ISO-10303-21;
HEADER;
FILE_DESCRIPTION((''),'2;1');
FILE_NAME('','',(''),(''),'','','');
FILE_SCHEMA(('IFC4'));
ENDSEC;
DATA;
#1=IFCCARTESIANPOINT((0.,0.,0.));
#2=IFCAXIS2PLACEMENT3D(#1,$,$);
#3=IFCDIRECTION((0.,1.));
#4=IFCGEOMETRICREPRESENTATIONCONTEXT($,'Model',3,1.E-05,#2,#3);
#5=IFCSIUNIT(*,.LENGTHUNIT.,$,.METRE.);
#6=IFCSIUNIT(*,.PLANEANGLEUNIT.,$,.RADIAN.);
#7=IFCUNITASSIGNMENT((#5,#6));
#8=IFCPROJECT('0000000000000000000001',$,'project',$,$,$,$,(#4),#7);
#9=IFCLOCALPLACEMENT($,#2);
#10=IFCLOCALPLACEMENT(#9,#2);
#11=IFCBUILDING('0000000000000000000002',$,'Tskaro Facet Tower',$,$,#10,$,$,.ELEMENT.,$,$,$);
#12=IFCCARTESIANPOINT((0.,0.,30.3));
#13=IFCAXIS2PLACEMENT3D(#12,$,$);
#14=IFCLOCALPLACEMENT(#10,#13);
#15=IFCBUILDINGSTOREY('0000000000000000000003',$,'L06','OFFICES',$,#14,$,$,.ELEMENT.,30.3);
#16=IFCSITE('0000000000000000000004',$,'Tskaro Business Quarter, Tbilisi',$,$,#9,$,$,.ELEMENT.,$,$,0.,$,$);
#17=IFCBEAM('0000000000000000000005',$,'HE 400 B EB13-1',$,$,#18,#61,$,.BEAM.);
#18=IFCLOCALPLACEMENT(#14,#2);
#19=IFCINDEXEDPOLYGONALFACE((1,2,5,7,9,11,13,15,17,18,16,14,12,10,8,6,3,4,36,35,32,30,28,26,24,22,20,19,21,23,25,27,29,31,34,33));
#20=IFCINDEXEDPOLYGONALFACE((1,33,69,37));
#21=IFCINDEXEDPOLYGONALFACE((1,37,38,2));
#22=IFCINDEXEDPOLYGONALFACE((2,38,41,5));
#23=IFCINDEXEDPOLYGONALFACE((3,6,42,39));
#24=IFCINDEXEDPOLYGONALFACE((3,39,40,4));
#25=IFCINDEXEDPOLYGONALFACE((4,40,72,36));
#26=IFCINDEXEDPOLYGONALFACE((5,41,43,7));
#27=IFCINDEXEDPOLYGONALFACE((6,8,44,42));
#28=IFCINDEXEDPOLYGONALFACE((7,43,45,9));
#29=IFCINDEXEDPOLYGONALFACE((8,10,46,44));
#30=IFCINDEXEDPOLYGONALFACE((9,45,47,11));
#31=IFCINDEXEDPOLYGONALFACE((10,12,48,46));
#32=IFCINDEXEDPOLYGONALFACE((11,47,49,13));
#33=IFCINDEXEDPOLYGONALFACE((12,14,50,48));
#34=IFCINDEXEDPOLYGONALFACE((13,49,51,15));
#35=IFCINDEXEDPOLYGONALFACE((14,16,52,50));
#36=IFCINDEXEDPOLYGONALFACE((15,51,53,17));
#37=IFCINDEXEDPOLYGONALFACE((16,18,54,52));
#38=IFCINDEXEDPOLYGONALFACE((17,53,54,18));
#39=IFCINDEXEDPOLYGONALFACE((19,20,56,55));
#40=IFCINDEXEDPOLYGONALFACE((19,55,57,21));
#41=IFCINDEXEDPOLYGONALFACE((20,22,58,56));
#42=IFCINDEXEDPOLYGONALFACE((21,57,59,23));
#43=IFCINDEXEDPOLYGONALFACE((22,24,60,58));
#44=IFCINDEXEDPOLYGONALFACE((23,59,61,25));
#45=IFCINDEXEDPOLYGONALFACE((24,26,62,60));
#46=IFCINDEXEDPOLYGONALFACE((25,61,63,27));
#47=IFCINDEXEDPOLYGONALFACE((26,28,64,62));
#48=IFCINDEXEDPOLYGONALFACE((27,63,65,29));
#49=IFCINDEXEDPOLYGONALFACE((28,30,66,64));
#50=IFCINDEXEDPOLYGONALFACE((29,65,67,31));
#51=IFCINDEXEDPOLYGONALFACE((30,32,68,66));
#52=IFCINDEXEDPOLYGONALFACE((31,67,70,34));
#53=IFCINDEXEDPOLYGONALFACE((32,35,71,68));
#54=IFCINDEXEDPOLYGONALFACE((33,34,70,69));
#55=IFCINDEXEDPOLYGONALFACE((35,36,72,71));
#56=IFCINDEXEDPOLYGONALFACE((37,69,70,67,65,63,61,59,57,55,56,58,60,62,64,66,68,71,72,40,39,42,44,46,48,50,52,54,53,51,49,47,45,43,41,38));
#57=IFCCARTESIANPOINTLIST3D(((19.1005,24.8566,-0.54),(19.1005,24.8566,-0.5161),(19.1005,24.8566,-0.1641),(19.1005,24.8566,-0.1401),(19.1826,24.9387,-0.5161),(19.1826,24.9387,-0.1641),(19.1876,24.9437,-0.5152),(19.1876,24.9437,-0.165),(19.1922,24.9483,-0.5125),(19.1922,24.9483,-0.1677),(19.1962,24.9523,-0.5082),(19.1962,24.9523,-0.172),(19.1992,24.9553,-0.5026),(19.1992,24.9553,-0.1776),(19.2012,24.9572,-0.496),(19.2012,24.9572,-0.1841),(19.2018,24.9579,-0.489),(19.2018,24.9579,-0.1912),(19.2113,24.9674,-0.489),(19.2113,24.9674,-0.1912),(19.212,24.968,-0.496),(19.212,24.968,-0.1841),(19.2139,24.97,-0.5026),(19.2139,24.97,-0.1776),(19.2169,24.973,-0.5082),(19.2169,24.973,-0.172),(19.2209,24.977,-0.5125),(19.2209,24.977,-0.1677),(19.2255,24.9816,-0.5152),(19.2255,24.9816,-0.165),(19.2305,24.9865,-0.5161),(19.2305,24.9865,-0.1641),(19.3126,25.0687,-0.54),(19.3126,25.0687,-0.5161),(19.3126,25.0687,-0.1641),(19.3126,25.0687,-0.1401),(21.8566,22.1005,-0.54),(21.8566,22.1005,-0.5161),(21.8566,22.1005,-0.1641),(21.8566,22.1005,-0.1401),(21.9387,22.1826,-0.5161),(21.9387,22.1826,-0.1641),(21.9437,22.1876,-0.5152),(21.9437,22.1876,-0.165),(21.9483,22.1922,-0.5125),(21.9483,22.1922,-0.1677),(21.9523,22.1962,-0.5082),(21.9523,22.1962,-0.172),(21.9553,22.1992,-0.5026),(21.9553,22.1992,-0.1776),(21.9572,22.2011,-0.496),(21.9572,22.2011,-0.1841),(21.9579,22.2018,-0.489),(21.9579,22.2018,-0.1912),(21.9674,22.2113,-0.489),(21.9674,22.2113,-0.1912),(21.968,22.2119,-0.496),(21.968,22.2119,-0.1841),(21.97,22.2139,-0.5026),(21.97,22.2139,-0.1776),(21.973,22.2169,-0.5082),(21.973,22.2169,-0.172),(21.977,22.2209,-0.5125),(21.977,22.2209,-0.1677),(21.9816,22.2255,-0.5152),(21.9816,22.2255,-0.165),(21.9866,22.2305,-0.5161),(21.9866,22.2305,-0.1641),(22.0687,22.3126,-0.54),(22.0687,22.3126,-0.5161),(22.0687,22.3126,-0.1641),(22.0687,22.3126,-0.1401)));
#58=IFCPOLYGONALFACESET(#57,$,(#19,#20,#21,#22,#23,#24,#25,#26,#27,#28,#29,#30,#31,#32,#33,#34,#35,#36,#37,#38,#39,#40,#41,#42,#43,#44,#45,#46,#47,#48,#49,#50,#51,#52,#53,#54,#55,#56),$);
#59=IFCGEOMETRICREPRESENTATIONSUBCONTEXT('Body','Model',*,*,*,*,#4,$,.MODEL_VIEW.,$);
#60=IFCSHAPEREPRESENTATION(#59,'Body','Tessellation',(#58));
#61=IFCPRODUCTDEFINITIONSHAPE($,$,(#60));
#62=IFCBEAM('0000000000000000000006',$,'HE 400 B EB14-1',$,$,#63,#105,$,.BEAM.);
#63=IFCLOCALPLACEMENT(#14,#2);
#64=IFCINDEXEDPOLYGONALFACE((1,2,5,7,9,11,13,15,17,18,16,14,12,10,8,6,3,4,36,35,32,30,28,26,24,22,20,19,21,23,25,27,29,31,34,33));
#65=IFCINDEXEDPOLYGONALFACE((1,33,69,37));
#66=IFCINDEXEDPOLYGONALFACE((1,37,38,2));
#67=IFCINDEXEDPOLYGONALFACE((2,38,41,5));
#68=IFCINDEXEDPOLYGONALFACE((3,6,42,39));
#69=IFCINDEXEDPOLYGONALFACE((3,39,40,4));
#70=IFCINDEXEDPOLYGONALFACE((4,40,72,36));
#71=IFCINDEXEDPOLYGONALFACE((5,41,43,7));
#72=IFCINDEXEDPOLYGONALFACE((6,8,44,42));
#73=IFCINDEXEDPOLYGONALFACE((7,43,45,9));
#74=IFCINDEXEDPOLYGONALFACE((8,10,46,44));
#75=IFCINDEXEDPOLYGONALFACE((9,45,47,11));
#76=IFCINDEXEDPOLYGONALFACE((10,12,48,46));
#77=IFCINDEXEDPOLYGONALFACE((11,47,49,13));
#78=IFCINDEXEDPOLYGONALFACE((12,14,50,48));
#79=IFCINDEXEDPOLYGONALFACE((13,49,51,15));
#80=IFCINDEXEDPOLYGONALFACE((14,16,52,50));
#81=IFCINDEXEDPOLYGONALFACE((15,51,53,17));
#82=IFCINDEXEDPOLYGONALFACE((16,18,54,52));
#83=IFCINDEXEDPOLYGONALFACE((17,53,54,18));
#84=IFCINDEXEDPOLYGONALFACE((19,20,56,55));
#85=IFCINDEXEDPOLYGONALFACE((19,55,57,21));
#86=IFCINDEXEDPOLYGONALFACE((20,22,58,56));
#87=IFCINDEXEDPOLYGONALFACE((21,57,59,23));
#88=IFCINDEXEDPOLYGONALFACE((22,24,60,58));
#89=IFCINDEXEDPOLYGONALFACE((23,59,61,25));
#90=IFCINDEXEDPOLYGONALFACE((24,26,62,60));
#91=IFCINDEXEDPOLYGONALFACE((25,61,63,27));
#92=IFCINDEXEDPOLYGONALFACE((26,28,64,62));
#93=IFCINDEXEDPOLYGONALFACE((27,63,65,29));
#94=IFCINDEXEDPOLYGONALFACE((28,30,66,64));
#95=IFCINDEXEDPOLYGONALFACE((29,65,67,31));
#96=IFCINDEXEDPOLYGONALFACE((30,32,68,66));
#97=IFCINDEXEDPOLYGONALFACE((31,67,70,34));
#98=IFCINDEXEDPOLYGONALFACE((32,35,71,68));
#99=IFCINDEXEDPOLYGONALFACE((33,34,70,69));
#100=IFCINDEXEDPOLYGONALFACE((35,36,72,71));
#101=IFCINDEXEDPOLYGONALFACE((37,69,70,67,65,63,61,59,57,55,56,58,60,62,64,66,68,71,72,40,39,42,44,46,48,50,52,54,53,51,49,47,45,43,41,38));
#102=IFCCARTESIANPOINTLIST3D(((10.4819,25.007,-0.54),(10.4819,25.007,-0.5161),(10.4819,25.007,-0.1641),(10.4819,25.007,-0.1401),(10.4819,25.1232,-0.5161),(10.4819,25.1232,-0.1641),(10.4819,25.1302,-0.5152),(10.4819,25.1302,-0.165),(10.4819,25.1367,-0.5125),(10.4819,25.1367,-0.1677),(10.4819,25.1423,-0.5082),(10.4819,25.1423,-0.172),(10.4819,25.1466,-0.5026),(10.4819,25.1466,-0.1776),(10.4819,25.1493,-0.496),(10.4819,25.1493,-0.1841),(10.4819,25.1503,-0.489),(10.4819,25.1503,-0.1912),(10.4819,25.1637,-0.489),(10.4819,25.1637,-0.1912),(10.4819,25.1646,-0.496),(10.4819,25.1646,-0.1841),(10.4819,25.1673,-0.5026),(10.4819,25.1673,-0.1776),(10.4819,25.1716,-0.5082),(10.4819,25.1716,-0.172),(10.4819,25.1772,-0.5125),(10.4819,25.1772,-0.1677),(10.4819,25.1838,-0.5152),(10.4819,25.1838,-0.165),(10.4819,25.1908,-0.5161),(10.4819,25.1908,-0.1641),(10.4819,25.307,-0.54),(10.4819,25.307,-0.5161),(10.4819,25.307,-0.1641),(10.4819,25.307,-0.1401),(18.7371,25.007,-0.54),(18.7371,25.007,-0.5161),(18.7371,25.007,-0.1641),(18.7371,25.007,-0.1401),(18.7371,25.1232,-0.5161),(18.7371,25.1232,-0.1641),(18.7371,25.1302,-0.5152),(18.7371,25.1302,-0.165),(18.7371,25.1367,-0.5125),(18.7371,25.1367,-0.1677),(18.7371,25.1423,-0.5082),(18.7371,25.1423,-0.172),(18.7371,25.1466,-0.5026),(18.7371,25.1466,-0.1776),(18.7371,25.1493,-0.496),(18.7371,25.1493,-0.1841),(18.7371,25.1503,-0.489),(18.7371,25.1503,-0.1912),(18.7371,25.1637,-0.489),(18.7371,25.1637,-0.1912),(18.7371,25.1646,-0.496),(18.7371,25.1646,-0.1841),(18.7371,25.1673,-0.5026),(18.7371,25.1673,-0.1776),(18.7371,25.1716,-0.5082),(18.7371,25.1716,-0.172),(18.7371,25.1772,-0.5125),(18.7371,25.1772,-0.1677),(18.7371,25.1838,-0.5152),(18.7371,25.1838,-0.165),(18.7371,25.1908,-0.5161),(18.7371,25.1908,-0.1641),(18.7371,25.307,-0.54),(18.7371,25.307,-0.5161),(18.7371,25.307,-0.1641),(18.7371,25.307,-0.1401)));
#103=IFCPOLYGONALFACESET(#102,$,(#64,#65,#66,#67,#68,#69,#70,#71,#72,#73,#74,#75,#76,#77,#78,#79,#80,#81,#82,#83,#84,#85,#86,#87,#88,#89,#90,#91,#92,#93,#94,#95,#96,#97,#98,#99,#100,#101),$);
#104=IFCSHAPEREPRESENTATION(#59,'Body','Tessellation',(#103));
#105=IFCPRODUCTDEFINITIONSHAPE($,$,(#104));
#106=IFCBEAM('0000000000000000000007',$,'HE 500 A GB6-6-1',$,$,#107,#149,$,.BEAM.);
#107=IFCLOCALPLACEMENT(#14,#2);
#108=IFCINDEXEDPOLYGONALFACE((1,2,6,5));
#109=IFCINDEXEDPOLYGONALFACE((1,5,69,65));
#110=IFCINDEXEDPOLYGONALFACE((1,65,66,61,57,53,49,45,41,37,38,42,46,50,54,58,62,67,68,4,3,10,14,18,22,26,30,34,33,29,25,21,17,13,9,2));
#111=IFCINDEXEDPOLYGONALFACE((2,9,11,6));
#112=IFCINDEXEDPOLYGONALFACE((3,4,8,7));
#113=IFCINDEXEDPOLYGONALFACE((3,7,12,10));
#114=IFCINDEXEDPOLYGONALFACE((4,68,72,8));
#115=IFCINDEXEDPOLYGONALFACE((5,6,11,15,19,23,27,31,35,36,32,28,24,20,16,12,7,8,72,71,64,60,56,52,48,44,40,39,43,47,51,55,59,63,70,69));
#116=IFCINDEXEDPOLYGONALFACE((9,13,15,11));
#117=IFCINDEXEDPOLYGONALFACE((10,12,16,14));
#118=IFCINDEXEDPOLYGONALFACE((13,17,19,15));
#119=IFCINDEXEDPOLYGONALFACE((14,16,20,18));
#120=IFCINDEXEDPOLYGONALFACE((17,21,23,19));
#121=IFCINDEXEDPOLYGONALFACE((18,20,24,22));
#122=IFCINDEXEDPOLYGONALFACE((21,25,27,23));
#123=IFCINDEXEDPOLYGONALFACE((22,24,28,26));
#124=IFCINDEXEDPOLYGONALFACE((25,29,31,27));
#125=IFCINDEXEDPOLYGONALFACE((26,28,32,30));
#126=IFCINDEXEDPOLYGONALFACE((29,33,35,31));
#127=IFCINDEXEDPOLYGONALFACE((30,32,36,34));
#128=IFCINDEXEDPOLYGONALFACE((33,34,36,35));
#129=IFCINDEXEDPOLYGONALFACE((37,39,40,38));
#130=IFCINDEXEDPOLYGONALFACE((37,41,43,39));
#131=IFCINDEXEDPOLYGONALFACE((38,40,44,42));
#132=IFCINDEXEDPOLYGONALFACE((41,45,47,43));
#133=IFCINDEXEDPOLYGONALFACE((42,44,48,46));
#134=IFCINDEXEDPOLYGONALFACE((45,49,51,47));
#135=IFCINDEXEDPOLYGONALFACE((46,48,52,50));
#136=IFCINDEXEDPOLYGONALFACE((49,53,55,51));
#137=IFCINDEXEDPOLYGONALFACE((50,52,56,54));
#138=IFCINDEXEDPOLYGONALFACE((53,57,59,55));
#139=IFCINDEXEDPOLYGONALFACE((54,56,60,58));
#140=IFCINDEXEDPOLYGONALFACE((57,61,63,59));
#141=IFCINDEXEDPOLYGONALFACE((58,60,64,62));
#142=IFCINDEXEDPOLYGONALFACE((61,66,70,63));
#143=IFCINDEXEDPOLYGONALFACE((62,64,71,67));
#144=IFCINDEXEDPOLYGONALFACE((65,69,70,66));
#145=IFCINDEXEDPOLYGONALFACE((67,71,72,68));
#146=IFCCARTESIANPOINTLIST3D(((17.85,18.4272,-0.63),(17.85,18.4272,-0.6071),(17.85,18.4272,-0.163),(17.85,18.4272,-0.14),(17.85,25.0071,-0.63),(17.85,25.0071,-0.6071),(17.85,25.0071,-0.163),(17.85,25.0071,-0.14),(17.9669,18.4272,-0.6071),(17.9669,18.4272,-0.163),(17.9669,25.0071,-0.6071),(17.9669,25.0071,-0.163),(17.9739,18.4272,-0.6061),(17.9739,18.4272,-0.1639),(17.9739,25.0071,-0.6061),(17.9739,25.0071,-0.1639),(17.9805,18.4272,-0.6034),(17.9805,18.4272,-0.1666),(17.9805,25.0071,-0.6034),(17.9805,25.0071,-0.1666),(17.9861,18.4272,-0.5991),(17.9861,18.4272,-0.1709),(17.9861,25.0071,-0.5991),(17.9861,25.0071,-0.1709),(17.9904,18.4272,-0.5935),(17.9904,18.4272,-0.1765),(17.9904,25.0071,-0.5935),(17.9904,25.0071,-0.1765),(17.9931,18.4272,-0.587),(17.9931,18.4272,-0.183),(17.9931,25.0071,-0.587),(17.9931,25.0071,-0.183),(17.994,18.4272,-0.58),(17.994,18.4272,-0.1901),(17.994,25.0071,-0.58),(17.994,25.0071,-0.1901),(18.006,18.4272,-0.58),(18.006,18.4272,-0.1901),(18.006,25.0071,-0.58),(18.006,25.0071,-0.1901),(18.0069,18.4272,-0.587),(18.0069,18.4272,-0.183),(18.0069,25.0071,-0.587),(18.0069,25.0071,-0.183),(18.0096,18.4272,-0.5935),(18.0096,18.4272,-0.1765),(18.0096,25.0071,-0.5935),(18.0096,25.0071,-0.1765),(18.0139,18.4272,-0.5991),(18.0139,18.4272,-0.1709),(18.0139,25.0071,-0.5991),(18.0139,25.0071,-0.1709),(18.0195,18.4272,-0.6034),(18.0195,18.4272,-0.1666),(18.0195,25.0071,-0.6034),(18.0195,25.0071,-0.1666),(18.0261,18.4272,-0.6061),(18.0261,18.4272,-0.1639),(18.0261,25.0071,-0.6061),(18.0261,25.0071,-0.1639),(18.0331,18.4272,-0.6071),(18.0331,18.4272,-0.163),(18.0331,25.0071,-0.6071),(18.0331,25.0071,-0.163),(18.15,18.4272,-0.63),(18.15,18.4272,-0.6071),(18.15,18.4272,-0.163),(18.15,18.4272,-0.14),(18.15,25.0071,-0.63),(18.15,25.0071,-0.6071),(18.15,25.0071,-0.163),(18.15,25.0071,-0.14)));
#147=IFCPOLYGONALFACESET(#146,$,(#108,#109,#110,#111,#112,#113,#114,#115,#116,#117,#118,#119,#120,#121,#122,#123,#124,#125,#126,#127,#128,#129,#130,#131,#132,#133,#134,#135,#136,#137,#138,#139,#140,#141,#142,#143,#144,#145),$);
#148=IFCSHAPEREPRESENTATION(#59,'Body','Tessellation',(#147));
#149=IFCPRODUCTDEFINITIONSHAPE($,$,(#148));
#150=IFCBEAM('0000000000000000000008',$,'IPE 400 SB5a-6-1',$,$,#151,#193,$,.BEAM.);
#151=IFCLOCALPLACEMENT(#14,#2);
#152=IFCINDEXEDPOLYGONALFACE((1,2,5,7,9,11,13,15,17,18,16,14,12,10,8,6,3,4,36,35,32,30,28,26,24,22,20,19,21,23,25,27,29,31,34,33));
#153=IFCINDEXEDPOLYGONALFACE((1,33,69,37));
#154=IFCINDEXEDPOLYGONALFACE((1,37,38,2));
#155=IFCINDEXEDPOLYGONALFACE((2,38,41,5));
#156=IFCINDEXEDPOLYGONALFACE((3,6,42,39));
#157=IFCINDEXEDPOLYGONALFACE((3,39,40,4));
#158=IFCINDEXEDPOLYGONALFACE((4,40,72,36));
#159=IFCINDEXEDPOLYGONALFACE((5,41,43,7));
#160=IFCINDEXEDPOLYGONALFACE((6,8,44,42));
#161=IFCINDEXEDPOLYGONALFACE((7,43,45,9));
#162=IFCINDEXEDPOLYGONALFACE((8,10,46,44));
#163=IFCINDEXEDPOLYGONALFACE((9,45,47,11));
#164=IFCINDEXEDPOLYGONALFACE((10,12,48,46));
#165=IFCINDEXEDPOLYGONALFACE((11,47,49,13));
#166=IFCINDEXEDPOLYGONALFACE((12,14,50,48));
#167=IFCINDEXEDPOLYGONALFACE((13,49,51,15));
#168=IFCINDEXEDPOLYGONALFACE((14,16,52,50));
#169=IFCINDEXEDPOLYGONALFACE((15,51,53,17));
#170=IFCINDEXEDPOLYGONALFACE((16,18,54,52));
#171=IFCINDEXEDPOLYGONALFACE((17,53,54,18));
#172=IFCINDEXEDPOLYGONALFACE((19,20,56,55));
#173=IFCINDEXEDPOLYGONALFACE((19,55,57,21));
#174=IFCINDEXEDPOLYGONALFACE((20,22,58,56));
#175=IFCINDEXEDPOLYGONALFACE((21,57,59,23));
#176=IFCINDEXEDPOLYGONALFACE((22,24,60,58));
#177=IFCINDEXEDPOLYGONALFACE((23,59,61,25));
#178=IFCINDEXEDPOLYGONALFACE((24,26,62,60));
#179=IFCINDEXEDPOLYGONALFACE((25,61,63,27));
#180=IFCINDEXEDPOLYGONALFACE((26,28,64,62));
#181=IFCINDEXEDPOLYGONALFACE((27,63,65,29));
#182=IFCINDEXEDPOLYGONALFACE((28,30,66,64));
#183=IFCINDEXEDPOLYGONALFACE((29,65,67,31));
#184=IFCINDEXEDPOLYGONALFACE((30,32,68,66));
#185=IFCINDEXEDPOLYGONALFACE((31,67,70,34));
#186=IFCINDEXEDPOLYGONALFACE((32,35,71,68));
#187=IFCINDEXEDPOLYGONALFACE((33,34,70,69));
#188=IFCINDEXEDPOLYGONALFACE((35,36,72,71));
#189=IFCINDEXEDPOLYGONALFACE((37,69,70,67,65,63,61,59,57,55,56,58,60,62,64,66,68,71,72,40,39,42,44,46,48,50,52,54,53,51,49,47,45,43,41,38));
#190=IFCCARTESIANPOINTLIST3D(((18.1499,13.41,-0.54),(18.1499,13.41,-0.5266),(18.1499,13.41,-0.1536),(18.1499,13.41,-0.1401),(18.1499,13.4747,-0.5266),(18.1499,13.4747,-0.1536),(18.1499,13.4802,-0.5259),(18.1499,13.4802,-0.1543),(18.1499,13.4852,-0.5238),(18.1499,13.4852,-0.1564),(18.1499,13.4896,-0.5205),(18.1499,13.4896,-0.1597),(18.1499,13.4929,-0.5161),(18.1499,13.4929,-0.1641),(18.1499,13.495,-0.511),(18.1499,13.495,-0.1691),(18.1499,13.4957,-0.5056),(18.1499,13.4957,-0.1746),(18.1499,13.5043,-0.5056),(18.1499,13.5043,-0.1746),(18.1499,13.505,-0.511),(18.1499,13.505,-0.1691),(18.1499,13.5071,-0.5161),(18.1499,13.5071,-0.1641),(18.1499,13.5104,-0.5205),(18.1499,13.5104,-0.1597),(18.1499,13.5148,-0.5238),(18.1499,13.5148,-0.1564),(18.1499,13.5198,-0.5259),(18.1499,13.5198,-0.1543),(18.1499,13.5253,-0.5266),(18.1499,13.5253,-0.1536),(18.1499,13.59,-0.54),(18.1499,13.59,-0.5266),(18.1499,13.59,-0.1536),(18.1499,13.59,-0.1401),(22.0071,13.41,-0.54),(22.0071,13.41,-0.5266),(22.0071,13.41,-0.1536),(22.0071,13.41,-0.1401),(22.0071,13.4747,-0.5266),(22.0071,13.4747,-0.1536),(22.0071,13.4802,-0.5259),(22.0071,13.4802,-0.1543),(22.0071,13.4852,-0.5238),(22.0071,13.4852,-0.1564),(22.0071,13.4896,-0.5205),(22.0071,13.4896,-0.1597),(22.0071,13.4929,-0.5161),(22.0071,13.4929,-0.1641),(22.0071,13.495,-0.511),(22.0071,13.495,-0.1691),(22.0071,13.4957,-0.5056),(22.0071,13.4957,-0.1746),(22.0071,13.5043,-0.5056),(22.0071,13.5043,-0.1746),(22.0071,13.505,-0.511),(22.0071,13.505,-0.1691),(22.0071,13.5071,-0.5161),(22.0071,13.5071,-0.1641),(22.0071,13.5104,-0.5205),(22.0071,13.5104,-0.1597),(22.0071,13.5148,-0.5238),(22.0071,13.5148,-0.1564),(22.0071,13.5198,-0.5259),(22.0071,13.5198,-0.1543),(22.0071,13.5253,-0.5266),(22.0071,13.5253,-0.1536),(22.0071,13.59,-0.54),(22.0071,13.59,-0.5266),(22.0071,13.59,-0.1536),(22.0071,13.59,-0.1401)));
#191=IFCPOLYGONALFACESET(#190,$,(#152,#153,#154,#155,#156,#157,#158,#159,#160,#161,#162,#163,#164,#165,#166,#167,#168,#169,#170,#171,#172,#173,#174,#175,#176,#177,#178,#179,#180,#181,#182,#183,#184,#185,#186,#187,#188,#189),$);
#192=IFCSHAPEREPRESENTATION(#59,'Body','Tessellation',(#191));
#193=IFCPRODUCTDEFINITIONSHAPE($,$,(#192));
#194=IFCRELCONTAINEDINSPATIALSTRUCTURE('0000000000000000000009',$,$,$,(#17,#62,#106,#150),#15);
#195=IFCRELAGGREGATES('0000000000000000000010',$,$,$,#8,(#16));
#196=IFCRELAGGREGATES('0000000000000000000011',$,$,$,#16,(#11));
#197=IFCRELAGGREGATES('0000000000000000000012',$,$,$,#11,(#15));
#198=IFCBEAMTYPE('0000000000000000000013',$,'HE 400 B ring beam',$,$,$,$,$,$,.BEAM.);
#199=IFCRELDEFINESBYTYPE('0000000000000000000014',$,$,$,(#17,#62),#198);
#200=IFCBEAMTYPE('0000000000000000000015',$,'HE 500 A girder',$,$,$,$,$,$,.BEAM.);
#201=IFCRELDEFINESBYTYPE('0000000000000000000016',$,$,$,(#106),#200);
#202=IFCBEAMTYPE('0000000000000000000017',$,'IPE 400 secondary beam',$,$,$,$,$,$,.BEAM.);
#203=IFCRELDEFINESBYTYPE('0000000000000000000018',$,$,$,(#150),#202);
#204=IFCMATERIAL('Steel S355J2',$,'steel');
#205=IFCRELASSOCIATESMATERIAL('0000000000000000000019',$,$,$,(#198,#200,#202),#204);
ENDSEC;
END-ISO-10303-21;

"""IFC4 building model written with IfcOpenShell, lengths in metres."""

from ifc_helpers import new_model, si_unit, direction, frame, origin, origin_2d, place, context, subcontext, project, spatial, i_section, extrude, material, material_profile, profile_set, type_object, element, save


model = new_model("IFC4")

# Units and contexts
model_context = context("Model", 3, precision=1e-05, world=origin(), true_north=direction((0.0, 1.0)))
body_context = subcontext(model_context, "Body", "Model", "MODEL_VIEW")
ifc_project = project(units=[si_unit("LENGTHUNIT", "METRE"), si_unit("PLANEANGLEUNIT", "RADIAN")], contexts=[model_context])

# Site, building, storey
site_placement = place(None, origin())
site = spatial("IfcSite", under=ifc_project, at=site_placement, Name="Tskaro Business Quarter, Tbilisi", CompositionType="ELEMENT", RefElevation=0.0)
building_placement = place(site_placement, origin())
building = spatial("IfcBuilding", under=site, at=building_placement, Name="Tskaro Facet Tower", CompositionType="ELEMENT")
storey_placement = place(building_placement, frame((0.0, 0.0, 30.3)))
storey = spatial("IfcBuildingStorey", under=building, at=storey_placement, Name="L06", Description="OFFICES", CompositionType="ELEMENT", Elevation=30.3)

# Beams
ifc_material_1 = material(Name="Steel S355J2", Category="steel")
ifc_material_profile_1 = material_profile(ifc_material_1, i_section(OverallWidth=0.3, OverallDepth=0.3999, WebThickness=0.0134, FlangeThickness=0.0239, FilletRadius=0.0271, at=origin_2d()), Name="HE 400 B")
ifc_profile_set_1 = profile_set([ifc_material_profile_1], Name="Steel S355J2")
beam_type_1 = type_object("IfcBeamType", Name="HE 400 B ring beam", PredefinedType="BEAM", material=ifc_profile_set_1)
beam_1_placement = place(storey_placement, frame((21.9626, 22.2065, -0.3401), z_axis=(-0.707107, 0.707107, 0.0), x_axis=(-0.707107, -0.707107, 0.0)))
element("IfcBeam", 1, at=beam_1_placement, inside=storey, type_object=beam_type_1, Name="HE 400 B EB13-1", PredefinedType="BEAM", context=body_context, shape_type="SweptSolid", body=[
    extrude(i_section(OverallWidth=0.3, OverallDepth=0.3999, WebThickness=0.0134, FlangeThickness=0.0239, FilletRadius=0.0271, at=origin_2d()), origin(), (0.0, 0.0, 1.0), 3.8977),
])
beam_2_placement = place(storey_placement, frame((18.7371, 25.157, -0.3401), z_axis=(-1.0, 0.0, 0.0), x_axis=(0.0, -1.0, 0.0)))
element("IfcBeam", 2, at=beam_2_placement, inside=storey, type_object=beam_type_1, Name="HE 400 B EB14-1", PredefinedType="BEAM", context=body_context, shape_type="SweptSolid", body=[
    extrude(i_section(OverallWidth=0.3, OverallDepth=0.3999, WebThickness=0.0134, FlangeThickness=0.0239, FilletRadius=0.0271, at=origin_2d()), origin(), (0.0, 0.0, 1.0), 8.2551),
])
ifc_material_profile_2 = material_profile(ifc_material_1, i_section(OverallWidth=0.3, OverallDepth=0.49, WebThickness=0.012, FlangeThickness=0.0229, FilletRadius=0.0271, at=origin_2d()), Name="HE 500 A")
ifc_profile_set_2 = profile_set([ifc_material_profile_2], Name="Steel S355J2")
beam_type_2 = type_object("IfcBeamType", Name="HE 500 A girder", PredefinedType="BEAM", material=ifc_profile_set_2)
beam_3_placement = place(storey_placement, frame((18.0, 18.4272, -0.385), z_axis=(0.0, 1.0, 0.0), x_axis=(-1.0, 0.0, 0.0)))
element("IfcBeam", 3, at=beam_3_placement, inside=storey, type_object=beam_type_2, Name="HE 500 A GB6-6-1", PredefinedType="BEAM", context=body_context, shape_type="SweptSolid", body=[
    extrude(i_section(OverallWidth=0.3, OverallDepth=0.49, WebThickness=0.012, FlangeThickness=0.0229, FilletRadius=0.0271, at=origin_2d()), origin(), (0.0, 0.0, 1.0), 6.5798),
])
ifc_material_profile_3 = material_profile(ifc_material_1, i_section(OverallWidth=0.1799, OverallDepth=0.3999, WebThickness=0.0085, FlangeThickness=0.0134, FilletRadius=0.021, at=origin_2d()), Name="IPE 400")
ifc_profile_set_3 = profile_set([ifc_material_profile_3], Name="Steel S355J2")
beam_type_3 = type_object("IfcBeamType", Name="IPE 400 secondary beam", PredefinedType="BEAM", material=ifc_profile_set_3)
beam_4_placement = place(storey_placement, frame((18.1499, 13.5, -0.3401), z_axis=(1.0, 0.0, 0.0), x_axis=(0.0, 1.0, 0.0)))
element("IfcBeam", 4, at=beam_4_placement, inside=storey, type_object=beam_type_3, Name="IPE 400 SB5a-6-1", PredefinedType="BEAM", context=body_context, shape_type="SweptSolid", body=[
    extrude(i_section(OverallWidth=0.1799, OverallDepth=0.3999, WebThickness=0.0085, FlangeThickness=0.0134, FilletRadius=0.021, at=origin_2d()), origin(), (0.0, 0.0, 1.0), 3.8572),
])

save(model, "model.ifc")
